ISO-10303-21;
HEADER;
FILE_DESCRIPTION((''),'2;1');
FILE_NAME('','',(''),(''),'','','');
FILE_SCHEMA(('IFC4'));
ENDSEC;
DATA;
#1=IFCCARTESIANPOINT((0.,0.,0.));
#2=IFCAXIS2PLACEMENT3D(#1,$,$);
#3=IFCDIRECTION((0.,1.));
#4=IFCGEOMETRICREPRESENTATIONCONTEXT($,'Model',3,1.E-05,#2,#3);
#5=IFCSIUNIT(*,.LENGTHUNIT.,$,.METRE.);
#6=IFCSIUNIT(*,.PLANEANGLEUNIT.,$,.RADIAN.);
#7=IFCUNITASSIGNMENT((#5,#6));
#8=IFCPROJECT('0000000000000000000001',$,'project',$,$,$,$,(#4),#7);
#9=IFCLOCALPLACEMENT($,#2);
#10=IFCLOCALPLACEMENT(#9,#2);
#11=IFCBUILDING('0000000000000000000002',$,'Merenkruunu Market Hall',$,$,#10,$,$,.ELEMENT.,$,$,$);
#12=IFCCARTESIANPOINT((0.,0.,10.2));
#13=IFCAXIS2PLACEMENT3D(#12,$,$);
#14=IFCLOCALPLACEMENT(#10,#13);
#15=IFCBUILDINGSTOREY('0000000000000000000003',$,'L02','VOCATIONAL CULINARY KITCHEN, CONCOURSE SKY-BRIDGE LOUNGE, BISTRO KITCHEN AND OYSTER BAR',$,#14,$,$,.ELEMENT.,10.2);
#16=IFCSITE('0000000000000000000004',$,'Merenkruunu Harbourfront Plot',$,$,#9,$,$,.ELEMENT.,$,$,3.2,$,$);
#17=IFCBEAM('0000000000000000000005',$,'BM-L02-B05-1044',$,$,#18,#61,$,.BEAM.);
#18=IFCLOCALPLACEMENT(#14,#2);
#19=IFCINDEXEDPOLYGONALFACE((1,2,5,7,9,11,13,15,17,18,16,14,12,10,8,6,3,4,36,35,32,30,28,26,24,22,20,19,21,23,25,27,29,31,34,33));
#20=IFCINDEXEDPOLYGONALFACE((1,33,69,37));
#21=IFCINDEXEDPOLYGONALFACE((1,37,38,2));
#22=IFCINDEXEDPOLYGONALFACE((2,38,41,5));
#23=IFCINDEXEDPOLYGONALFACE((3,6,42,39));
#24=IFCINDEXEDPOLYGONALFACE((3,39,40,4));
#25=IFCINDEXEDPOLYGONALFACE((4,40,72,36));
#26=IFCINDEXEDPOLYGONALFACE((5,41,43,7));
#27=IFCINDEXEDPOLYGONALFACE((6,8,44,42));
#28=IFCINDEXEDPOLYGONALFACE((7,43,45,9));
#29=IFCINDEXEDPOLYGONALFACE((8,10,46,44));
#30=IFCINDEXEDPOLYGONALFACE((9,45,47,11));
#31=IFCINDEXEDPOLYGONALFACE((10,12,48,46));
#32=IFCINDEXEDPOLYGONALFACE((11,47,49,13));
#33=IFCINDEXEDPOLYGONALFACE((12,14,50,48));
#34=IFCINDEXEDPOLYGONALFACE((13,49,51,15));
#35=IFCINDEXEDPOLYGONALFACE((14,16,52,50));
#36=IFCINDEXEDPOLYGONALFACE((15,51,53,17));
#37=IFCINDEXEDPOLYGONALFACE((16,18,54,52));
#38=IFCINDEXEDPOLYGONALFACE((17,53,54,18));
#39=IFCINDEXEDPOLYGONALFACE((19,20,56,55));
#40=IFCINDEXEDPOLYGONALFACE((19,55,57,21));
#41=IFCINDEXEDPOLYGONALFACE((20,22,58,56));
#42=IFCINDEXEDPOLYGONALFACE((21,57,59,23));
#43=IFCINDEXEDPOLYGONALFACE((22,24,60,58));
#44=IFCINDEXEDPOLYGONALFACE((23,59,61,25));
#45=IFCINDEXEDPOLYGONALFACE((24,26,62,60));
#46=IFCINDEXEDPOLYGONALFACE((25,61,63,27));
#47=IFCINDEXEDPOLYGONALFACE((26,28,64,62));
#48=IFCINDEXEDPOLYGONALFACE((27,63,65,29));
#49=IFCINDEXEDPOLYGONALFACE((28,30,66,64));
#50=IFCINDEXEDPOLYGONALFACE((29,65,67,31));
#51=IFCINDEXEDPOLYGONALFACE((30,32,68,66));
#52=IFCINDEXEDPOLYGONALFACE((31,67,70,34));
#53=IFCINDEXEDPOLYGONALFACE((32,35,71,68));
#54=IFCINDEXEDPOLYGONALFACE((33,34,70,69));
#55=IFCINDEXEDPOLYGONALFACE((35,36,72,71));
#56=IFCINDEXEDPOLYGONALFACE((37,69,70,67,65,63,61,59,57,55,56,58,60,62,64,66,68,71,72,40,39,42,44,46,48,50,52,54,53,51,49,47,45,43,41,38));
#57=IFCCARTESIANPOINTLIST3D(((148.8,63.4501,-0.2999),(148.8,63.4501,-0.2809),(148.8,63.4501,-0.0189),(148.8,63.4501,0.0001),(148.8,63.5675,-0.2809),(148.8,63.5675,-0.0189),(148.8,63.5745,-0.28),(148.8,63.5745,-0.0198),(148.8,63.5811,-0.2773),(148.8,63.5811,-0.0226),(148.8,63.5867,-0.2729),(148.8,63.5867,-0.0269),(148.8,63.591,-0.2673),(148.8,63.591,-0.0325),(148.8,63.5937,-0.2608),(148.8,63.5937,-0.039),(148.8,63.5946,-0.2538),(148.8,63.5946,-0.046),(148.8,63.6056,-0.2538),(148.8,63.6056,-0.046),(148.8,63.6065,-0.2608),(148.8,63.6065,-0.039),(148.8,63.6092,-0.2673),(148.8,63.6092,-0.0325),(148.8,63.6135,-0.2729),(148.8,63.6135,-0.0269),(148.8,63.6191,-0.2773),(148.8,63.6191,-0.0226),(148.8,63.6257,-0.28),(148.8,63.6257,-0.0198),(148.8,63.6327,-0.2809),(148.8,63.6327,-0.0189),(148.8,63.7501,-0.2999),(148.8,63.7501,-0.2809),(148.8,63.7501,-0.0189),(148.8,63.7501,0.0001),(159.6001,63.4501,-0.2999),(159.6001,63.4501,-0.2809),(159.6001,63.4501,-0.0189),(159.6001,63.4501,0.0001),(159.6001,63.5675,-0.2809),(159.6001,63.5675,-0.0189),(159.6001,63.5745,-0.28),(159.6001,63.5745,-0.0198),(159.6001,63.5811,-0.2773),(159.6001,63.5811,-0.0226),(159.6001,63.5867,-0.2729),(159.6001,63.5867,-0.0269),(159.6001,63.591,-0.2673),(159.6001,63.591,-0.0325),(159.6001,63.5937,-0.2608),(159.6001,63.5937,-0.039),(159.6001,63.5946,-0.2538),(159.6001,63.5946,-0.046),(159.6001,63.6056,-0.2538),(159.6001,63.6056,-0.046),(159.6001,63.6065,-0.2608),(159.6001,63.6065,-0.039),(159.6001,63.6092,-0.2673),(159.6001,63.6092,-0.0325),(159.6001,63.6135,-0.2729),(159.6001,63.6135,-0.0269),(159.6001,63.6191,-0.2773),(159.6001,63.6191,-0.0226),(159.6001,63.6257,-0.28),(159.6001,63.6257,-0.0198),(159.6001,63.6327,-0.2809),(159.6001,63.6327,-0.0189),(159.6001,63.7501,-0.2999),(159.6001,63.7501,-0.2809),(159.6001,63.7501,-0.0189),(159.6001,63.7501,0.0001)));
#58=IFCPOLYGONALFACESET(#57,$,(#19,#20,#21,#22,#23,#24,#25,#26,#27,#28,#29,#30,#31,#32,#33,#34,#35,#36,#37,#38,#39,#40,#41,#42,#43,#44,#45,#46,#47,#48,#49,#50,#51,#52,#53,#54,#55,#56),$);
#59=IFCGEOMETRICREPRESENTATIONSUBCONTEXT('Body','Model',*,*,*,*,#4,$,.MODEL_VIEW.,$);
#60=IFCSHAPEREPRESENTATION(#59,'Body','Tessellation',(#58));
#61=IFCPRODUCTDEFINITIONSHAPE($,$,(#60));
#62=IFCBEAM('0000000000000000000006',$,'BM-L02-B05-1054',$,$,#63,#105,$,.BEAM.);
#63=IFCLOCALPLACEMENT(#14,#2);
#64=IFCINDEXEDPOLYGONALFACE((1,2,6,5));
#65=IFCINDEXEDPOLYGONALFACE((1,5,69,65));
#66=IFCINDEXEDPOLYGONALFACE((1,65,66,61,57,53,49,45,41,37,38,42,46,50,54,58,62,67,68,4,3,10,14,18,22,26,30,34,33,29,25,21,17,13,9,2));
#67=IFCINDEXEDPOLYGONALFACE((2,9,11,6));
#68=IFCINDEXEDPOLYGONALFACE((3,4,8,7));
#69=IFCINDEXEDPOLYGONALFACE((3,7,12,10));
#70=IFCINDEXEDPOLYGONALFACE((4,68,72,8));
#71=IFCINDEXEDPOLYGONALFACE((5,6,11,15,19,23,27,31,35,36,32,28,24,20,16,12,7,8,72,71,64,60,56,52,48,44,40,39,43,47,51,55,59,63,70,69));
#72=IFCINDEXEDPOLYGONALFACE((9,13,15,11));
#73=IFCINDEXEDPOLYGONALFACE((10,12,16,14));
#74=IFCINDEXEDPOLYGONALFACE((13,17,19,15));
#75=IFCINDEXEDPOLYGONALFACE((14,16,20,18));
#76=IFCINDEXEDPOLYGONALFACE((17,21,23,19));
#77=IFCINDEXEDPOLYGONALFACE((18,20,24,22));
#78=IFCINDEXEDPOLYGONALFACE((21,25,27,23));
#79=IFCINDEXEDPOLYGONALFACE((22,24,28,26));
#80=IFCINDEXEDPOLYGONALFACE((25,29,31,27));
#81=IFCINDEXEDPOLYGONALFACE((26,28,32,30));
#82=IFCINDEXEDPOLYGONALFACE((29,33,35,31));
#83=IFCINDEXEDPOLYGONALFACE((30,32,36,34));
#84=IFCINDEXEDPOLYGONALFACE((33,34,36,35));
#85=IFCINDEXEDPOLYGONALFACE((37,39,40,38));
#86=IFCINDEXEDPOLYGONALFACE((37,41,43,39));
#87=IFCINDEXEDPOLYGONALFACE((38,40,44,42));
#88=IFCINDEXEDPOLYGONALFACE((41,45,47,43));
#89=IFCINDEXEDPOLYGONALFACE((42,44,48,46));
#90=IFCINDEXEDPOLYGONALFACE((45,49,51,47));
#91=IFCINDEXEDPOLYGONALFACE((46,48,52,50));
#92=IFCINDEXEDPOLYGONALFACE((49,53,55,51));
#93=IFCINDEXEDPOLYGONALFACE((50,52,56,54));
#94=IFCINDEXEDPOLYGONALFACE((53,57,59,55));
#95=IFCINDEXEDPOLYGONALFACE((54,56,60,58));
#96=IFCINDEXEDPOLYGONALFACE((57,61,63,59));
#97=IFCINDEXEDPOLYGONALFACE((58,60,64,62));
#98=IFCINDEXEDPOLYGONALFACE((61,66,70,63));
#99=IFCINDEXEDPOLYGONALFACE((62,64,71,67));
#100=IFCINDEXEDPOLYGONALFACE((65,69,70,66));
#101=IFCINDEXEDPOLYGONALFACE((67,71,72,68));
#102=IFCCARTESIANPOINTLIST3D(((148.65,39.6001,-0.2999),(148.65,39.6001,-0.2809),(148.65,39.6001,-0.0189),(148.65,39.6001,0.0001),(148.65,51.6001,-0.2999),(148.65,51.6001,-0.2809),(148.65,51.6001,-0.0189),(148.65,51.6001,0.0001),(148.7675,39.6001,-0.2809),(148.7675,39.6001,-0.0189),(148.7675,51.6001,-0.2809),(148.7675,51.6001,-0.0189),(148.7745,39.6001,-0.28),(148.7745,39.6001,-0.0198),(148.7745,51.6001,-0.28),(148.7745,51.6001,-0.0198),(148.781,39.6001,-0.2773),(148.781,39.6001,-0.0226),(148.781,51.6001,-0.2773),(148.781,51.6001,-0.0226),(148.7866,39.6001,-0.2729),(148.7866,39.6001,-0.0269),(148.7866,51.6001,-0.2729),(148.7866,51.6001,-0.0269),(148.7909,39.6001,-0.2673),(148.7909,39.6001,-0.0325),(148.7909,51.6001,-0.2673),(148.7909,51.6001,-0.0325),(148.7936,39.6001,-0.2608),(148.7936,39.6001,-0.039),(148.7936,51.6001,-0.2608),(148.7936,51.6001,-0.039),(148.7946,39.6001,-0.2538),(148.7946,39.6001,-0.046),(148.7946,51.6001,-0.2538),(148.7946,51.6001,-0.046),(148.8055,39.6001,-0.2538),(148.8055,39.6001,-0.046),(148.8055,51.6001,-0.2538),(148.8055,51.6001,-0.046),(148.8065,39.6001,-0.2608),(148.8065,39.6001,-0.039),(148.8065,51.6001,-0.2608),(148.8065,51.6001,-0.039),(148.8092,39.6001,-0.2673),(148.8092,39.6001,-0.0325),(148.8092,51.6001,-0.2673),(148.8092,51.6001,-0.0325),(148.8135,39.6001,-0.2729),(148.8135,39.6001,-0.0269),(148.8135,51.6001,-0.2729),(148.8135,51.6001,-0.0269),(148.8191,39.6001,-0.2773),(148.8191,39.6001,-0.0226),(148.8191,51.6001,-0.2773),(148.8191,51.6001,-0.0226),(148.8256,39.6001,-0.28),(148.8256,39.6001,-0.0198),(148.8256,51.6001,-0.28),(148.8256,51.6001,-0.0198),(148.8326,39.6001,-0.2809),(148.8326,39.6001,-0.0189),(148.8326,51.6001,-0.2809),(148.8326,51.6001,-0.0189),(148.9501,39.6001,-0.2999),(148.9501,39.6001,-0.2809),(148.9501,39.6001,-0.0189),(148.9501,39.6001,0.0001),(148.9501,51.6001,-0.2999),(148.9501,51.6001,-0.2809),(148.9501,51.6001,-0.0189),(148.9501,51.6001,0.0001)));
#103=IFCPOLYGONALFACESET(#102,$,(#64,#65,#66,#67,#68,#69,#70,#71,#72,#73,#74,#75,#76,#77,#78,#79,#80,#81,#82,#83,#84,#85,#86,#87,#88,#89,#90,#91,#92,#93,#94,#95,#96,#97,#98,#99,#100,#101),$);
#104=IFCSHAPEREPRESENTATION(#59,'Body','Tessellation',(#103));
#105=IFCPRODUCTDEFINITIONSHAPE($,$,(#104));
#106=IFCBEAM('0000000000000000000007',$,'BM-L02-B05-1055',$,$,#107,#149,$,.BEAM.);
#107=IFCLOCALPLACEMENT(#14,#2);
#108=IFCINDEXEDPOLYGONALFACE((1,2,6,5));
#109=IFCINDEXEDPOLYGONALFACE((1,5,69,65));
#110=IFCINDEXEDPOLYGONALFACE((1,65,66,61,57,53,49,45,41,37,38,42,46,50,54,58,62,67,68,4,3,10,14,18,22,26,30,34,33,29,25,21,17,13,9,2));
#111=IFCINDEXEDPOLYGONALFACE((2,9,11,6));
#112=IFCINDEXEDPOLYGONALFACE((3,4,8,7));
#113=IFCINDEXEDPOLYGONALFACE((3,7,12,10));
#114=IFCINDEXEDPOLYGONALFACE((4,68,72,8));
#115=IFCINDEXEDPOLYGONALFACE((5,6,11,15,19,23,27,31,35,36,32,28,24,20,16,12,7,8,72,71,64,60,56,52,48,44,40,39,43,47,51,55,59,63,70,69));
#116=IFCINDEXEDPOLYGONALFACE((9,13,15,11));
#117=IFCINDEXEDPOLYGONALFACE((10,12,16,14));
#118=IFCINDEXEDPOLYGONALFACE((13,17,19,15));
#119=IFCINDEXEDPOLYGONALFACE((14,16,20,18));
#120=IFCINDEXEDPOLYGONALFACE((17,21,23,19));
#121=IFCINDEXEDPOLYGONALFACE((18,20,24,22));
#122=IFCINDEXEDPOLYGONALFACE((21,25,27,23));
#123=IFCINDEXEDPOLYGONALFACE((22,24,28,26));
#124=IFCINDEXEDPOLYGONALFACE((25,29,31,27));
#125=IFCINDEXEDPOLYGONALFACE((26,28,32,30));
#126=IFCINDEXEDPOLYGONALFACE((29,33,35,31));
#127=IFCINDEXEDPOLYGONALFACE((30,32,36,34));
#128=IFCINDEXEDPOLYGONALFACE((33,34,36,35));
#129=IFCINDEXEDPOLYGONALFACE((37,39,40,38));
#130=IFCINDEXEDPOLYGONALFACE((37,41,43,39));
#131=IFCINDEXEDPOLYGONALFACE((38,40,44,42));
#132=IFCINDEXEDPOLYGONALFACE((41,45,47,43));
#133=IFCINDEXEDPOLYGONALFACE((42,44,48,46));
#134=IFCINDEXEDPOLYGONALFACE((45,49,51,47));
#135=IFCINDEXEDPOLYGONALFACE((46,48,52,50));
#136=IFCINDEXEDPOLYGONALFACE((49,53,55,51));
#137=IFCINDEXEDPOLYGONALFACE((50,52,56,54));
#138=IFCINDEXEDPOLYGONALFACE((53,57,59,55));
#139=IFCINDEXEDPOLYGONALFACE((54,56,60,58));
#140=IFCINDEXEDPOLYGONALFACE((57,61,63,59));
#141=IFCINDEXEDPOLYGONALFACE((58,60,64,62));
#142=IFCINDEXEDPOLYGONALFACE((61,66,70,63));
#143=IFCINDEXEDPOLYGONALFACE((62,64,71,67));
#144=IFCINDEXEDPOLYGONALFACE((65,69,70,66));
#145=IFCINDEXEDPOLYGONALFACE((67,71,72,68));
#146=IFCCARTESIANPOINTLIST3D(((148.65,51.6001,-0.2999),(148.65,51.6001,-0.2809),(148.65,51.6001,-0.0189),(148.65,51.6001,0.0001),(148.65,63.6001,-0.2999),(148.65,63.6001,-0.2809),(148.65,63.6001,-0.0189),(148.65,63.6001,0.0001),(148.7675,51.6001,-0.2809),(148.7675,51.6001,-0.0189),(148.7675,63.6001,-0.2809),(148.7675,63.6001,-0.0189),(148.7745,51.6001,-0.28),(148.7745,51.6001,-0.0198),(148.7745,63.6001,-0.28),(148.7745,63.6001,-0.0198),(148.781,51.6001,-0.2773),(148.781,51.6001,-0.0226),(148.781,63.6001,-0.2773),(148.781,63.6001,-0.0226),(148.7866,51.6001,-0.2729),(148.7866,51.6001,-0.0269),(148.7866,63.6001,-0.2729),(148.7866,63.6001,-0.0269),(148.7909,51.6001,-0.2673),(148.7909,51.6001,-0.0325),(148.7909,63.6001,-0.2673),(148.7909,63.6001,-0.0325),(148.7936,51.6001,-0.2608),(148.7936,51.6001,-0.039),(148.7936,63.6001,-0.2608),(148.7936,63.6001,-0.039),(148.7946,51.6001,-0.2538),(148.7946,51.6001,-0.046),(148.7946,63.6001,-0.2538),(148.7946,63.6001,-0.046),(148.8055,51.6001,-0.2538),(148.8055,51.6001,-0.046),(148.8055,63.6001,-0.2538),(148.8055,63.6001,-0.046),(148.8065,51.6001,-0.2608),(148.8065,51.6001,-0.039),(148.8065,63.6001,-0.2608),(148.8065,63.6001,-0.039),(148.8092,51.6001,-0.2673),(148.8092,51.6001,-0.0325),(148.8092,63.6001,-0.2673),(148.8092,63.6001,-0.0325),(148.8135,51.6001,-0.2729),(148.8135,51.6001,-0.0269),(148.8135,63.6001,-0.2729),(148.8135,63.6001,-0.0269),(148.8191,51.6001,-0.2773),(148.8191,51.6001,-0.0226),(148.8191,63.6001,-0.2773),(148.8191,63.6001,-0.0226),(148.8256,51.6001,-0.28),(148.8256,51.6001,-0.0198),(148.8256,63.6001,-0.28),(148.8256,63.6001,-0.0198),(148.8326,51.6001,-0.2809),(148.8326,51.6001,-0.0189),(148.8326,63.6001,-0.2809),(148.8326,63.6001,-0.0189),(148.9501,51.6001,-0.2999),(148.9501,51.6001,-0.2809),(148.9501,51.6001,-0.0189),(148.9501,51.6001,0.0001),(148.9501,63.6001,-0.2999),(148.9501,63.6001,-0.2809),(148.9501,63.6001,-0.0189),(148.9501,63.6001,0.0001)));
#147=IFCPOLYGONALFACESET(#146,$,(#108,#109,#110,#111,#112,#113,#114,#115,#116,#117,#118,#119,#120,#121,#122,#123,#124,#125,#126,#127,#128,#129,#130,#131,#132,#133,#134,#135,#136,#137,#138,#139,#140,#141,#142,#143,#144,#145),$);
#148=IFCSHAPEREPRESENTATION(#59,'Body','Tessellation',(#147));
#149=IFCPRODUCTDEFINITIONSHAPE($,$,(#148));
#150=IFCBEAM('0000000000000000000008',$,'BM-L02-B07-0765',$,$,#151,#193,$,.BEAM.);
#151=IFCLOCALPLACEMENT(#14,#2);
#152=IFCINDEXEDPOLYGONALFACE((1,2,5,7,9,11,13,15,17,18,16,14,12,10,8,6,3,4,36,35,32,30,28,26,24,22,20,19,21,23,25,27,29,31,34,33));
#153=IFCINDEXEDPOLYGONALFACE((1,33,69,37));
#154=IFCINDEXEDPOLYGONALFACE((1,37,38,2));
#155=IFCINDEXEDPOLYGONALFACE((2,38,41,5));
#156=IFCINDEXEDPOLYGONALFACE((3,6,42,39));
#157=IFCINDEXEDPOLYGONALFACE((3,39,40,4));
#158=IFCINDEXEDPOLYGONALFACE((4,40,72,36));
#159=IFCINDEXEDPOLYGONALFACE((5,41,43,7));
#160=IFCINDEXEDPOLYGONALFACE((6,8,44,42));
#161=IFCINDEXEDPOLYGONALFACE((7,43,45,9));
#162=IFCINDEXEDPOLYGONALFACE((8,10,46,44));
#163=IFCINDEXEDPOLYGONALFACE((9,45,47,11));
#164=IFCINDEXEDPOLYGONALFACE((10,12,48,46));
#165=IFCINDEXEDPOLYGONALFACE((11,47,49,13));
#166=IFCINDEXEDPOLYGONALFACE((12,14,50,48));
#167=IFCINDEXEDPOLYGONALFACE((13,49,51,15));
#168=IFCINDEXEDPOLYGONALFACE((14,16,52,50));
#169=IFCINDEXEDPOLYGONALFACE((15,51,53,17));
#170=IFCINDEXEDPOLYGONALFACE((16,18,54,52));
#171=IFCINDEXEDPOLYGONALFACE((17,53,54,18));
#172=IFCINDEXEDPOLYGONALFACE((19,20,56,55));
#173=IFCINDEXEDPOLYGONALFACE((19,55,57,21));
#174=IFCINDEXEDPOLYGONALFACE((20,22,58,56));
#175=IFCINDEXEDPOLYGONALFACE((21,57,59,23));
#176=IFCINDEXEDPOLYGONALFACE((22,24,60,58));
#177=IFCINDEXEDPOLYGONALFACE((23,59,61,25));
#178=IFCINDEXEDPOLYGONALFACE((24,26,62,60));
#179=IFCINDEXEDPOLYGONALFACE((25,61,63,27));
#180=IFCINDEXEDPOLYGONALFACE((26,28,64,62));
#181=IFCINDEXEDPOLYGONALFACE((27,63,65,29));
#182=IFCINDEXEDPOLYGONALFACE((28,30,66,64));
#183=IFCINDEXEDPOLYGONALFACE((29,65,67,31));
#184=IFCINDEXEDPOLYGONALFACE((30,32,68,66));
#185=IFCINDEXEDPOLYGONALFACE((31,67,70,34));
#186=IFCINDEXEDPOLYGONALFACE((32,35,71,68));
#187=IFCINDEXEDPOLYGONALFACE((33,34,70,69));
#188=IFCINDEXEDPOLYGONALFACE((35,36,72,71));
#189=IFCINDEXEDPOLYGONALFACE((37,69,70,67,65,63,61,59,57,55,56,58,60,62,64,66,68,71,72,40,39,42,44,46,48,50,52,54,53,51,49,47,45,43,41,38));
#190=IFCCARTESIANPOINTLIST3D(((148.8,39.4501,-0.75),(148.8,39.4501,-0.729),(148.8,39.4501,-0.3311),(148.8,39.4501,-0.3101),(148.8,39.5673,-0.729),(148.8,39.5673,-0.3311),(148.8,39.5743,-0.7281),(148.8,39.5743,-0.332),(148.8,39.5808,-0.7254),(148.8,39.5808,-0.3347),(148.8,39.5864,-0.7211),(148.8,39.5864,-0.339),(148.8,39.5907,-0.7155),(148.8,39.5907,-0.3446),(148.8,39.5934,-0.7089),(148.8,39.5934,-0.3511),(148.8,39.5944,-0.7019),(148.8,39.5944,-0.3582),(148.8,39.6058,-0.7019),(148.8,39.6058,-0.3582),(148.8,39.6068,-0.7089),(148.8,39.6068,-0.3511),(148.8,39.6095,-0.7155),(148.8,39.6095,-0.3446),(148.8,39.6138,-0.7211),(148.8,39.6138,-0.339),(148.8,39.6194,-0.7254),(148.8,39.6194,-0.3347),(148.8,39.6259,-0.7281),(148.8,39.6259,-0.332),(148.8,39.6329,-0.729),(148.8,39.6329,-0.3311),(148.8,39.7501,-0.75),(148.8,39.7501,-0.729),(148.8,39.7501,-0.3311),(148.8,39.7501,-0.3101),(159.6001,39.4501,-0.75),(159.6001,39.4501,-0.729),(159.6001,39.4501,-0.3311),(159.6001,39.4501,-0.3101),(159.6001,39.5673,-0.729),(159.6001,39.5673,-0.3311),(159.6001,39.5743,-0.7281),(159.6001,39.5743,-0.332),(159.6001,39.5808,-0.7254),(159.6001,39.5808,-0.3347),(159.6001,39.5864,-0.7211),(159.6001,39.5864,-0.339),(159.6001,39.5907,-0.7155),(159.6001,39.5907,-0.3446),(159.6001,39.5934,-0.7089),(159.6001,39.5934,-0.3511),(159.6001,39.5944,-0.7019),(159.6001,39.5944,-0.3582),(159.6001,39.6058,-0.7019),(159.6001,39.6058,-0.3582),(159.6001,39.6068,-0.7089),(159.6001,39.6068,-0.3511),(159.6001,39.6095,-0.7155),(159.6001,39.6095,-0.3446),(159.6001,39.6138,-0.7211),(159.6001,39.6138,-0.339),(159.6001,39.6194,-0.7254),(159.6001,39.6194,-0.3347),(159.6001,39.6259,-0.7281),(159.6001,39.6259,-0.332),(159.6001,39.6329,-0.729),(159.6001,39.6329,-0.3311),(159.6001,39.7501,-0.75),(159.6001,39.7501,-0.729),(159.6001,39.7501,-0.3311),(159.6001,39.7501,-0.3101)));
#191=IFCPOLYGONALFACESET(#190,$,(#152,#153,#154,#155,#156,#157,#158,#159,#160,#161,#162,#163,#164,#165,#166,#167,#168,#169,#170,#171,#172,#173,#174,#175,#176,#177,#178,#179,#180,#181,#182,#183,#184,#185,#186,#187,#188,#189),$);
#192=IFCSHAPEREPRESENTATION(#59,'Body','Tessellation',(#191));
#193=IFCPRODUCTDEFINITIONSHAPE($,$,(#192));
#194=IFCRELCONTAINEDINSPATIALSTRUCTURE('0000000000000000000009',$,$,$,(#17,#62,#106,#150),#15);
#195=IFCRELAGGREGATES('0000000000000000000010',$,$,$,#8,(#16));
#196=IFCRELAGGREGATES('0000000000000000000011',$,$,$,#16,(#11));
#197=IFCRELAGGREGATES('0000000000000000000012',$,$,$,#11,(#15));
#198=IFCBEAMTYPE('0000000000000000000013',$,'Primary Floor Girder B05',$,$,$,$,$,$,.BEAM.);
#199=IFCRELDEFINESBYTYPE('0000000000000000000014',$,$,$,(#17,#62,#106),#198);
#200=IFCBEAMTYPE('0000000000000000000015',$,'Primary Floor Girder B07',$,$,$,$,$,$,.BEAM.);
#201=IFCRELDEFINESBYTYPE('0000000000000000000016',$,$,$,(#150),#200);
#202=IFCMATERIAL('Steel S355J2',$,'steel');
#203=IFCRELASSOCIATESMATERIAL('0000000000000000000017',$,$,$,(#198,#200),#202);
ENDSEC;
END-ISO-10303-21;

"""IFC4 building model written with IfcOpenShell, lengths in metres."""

from ifc_helpers import new_model, si_unit, direction, frame, origin, origin_2d, place, context, subcontext, project, spatial, i_section, extrude, material, material_profile, profile_set, type_object, element, save


model = new_model("IFC4")

# Units and contexts
model_context = context("Model", 3, precision=1e-05, world=origin(), true_north=direction((0.0, 1.0)))
body_context = subcontext(model_context, "Body", "Model", "MODEL_VIEW")
ifc_project = project(units=[si_unit("LENGTHUNIT", "METRE"), si_unit("PLANEANGLEUNIT", "RADIAN")], contexts=[model_context])

# Site, building, storey
site_placement = place(None, origin())
site = spatial("IfcSite", under=ifc_project, at=site_placement, Name="Merenkruunu Harbourfront Plot", CompositionType="ELEMENT", RefElevation=3.2)
building_placement = place(site_placement, origin())
building = spatial("IfcBuilding", under=site, at=building_placement, Name="Merenkruunu Market Hall", CompositionType="ELEMENT")
storey_placement = place(building_placement, frame((0.0, 0.0, 10.2)))
storey = spatial("IfcBuildingStorey", under=building, at=storey_placement, Name="L02", Description="VOCATIONAL CULINARY KITCHEN, CONCOURSE SKY-BRIDGE LOUNGE, BISTRO KITCHEN AND OYSTER BAR", CompositionType="ELEMENT", Elevation=10.2)

# Shared definitions
ifc_material_1 = material(Name="Steel S355J2", Category="steel")

# Beams
ifc_material_profile_1 = material_profile(ifc_material_1, i_section(OverallWidth=0.3, OverallDepth=0.3, WebThickness=0.011, FlangeThickness=0.019, FilletRadius=0.0271, at=origin_2d()), Name="HEB 300")
ifc_profile_set_1 = profile_set([ifc_material_profile_1], Name="Steel S355J2")
beam_type_1 = type_object("IfcBeamType", Name="Primary Floor Girder B05", PredefinedType="BEAM", material=ifc_profile_set_1)
for number, where, z_axis, x_axis, name in (
    (1, (148.8, 63.6001, -0.1499), (1.0, 0.0, 0.0), (0.0, 1.0, 0.0), "BM-L02-B05-1044"),
):
    element("IfcBeam", number, at=place(storey_placement, frame(where, z_axis=z_axis, x_axis=x_axis)), inside=storey, type_object=beam_type_1, Name=name, PredefinedType="BEAM", context=body_context, shape_type="SweptSolid", body=[
        extrude(i_section(OverallWidth=0.3, OverallDepth=0.3, WebThickness=0.011, FlangeThickness=0.019, FilletRadius=0.0271, at=origin_2d()), origin(), (0.0, 0.0, 1.0), 10.8),
    ])
for number, where, z_axis, x_axis, name in (
    (2, (148.8, 39.6001, -0.1499), (0.0, 1.0, 0.0), (-1.0, 0.0, 0.0), "BM-L02-B05-1054"),
    (3, (148.8, 51.6001, -0.1499), (0.0, 1.0, 0.0), (-1.0, 0.0, 0.0), "BM-L02-B05-1055"),
):
    element("IfcBeam", number, at=place(storey_placement, frame(where, z_axis=z_axis, x_axis=x_axis)), inside=storey, type_object=beam_type_1, Name=name, PredefinedType="BEAM", context=body_context, shape_type="SweptSolid", body=[
        extrude(i_section(OverallWidth=0.3, OverallDepth=0.3, WebThickness=0.011, FlangeThickness=0.019, FilletRadius=0.0271, at=origin_2d()), origin(), (0.0, 0.0, 1.0), 12.0),
    ])
ifc_material_profile_2 = material_profile(ifc_material_1, i_section(OverallWidth=0.3, OverallDepth=0.4399, WebThickness=0.0115, FlangeThickness=0.021, FilletRadius=0.0271, at=origin_2d()), Name="HEA 450")
ifc_profile_set_2 = profile_set([ifc_material_profile_2], Name="Steel S355J2")
beam_type_2 = type_object("IfcBeamType", Name="Primary Floor Girder B07", PredefinedType="BEAM", material=ifc_profile_set_2)
beam_placement = place(storey_placement, frame((148.8, 39.6001, -0.53), z_axis=(1.0, 0.0, 0.0), x_axis=(0.0, 1.0, 0.0)))
element("IfcBeam", 4, at=beam_placement, inside=storey, type_object=beam_type_2, Name="BM-L02-B07-0765", PredefinedType="BEAM", context=body_context, shape_type="SweptSolid", body=[
    extrude(i_section(OverallWidth=0.3, OverallDepth=0.4399, WebThickness=0.0115, FlangeThickness=0.021, FilletRadius=0.0271, at=origin_2d()), origin(), (0.0, 0.0, 1.0), 10.8),
])

save(model, "model.ifc")
